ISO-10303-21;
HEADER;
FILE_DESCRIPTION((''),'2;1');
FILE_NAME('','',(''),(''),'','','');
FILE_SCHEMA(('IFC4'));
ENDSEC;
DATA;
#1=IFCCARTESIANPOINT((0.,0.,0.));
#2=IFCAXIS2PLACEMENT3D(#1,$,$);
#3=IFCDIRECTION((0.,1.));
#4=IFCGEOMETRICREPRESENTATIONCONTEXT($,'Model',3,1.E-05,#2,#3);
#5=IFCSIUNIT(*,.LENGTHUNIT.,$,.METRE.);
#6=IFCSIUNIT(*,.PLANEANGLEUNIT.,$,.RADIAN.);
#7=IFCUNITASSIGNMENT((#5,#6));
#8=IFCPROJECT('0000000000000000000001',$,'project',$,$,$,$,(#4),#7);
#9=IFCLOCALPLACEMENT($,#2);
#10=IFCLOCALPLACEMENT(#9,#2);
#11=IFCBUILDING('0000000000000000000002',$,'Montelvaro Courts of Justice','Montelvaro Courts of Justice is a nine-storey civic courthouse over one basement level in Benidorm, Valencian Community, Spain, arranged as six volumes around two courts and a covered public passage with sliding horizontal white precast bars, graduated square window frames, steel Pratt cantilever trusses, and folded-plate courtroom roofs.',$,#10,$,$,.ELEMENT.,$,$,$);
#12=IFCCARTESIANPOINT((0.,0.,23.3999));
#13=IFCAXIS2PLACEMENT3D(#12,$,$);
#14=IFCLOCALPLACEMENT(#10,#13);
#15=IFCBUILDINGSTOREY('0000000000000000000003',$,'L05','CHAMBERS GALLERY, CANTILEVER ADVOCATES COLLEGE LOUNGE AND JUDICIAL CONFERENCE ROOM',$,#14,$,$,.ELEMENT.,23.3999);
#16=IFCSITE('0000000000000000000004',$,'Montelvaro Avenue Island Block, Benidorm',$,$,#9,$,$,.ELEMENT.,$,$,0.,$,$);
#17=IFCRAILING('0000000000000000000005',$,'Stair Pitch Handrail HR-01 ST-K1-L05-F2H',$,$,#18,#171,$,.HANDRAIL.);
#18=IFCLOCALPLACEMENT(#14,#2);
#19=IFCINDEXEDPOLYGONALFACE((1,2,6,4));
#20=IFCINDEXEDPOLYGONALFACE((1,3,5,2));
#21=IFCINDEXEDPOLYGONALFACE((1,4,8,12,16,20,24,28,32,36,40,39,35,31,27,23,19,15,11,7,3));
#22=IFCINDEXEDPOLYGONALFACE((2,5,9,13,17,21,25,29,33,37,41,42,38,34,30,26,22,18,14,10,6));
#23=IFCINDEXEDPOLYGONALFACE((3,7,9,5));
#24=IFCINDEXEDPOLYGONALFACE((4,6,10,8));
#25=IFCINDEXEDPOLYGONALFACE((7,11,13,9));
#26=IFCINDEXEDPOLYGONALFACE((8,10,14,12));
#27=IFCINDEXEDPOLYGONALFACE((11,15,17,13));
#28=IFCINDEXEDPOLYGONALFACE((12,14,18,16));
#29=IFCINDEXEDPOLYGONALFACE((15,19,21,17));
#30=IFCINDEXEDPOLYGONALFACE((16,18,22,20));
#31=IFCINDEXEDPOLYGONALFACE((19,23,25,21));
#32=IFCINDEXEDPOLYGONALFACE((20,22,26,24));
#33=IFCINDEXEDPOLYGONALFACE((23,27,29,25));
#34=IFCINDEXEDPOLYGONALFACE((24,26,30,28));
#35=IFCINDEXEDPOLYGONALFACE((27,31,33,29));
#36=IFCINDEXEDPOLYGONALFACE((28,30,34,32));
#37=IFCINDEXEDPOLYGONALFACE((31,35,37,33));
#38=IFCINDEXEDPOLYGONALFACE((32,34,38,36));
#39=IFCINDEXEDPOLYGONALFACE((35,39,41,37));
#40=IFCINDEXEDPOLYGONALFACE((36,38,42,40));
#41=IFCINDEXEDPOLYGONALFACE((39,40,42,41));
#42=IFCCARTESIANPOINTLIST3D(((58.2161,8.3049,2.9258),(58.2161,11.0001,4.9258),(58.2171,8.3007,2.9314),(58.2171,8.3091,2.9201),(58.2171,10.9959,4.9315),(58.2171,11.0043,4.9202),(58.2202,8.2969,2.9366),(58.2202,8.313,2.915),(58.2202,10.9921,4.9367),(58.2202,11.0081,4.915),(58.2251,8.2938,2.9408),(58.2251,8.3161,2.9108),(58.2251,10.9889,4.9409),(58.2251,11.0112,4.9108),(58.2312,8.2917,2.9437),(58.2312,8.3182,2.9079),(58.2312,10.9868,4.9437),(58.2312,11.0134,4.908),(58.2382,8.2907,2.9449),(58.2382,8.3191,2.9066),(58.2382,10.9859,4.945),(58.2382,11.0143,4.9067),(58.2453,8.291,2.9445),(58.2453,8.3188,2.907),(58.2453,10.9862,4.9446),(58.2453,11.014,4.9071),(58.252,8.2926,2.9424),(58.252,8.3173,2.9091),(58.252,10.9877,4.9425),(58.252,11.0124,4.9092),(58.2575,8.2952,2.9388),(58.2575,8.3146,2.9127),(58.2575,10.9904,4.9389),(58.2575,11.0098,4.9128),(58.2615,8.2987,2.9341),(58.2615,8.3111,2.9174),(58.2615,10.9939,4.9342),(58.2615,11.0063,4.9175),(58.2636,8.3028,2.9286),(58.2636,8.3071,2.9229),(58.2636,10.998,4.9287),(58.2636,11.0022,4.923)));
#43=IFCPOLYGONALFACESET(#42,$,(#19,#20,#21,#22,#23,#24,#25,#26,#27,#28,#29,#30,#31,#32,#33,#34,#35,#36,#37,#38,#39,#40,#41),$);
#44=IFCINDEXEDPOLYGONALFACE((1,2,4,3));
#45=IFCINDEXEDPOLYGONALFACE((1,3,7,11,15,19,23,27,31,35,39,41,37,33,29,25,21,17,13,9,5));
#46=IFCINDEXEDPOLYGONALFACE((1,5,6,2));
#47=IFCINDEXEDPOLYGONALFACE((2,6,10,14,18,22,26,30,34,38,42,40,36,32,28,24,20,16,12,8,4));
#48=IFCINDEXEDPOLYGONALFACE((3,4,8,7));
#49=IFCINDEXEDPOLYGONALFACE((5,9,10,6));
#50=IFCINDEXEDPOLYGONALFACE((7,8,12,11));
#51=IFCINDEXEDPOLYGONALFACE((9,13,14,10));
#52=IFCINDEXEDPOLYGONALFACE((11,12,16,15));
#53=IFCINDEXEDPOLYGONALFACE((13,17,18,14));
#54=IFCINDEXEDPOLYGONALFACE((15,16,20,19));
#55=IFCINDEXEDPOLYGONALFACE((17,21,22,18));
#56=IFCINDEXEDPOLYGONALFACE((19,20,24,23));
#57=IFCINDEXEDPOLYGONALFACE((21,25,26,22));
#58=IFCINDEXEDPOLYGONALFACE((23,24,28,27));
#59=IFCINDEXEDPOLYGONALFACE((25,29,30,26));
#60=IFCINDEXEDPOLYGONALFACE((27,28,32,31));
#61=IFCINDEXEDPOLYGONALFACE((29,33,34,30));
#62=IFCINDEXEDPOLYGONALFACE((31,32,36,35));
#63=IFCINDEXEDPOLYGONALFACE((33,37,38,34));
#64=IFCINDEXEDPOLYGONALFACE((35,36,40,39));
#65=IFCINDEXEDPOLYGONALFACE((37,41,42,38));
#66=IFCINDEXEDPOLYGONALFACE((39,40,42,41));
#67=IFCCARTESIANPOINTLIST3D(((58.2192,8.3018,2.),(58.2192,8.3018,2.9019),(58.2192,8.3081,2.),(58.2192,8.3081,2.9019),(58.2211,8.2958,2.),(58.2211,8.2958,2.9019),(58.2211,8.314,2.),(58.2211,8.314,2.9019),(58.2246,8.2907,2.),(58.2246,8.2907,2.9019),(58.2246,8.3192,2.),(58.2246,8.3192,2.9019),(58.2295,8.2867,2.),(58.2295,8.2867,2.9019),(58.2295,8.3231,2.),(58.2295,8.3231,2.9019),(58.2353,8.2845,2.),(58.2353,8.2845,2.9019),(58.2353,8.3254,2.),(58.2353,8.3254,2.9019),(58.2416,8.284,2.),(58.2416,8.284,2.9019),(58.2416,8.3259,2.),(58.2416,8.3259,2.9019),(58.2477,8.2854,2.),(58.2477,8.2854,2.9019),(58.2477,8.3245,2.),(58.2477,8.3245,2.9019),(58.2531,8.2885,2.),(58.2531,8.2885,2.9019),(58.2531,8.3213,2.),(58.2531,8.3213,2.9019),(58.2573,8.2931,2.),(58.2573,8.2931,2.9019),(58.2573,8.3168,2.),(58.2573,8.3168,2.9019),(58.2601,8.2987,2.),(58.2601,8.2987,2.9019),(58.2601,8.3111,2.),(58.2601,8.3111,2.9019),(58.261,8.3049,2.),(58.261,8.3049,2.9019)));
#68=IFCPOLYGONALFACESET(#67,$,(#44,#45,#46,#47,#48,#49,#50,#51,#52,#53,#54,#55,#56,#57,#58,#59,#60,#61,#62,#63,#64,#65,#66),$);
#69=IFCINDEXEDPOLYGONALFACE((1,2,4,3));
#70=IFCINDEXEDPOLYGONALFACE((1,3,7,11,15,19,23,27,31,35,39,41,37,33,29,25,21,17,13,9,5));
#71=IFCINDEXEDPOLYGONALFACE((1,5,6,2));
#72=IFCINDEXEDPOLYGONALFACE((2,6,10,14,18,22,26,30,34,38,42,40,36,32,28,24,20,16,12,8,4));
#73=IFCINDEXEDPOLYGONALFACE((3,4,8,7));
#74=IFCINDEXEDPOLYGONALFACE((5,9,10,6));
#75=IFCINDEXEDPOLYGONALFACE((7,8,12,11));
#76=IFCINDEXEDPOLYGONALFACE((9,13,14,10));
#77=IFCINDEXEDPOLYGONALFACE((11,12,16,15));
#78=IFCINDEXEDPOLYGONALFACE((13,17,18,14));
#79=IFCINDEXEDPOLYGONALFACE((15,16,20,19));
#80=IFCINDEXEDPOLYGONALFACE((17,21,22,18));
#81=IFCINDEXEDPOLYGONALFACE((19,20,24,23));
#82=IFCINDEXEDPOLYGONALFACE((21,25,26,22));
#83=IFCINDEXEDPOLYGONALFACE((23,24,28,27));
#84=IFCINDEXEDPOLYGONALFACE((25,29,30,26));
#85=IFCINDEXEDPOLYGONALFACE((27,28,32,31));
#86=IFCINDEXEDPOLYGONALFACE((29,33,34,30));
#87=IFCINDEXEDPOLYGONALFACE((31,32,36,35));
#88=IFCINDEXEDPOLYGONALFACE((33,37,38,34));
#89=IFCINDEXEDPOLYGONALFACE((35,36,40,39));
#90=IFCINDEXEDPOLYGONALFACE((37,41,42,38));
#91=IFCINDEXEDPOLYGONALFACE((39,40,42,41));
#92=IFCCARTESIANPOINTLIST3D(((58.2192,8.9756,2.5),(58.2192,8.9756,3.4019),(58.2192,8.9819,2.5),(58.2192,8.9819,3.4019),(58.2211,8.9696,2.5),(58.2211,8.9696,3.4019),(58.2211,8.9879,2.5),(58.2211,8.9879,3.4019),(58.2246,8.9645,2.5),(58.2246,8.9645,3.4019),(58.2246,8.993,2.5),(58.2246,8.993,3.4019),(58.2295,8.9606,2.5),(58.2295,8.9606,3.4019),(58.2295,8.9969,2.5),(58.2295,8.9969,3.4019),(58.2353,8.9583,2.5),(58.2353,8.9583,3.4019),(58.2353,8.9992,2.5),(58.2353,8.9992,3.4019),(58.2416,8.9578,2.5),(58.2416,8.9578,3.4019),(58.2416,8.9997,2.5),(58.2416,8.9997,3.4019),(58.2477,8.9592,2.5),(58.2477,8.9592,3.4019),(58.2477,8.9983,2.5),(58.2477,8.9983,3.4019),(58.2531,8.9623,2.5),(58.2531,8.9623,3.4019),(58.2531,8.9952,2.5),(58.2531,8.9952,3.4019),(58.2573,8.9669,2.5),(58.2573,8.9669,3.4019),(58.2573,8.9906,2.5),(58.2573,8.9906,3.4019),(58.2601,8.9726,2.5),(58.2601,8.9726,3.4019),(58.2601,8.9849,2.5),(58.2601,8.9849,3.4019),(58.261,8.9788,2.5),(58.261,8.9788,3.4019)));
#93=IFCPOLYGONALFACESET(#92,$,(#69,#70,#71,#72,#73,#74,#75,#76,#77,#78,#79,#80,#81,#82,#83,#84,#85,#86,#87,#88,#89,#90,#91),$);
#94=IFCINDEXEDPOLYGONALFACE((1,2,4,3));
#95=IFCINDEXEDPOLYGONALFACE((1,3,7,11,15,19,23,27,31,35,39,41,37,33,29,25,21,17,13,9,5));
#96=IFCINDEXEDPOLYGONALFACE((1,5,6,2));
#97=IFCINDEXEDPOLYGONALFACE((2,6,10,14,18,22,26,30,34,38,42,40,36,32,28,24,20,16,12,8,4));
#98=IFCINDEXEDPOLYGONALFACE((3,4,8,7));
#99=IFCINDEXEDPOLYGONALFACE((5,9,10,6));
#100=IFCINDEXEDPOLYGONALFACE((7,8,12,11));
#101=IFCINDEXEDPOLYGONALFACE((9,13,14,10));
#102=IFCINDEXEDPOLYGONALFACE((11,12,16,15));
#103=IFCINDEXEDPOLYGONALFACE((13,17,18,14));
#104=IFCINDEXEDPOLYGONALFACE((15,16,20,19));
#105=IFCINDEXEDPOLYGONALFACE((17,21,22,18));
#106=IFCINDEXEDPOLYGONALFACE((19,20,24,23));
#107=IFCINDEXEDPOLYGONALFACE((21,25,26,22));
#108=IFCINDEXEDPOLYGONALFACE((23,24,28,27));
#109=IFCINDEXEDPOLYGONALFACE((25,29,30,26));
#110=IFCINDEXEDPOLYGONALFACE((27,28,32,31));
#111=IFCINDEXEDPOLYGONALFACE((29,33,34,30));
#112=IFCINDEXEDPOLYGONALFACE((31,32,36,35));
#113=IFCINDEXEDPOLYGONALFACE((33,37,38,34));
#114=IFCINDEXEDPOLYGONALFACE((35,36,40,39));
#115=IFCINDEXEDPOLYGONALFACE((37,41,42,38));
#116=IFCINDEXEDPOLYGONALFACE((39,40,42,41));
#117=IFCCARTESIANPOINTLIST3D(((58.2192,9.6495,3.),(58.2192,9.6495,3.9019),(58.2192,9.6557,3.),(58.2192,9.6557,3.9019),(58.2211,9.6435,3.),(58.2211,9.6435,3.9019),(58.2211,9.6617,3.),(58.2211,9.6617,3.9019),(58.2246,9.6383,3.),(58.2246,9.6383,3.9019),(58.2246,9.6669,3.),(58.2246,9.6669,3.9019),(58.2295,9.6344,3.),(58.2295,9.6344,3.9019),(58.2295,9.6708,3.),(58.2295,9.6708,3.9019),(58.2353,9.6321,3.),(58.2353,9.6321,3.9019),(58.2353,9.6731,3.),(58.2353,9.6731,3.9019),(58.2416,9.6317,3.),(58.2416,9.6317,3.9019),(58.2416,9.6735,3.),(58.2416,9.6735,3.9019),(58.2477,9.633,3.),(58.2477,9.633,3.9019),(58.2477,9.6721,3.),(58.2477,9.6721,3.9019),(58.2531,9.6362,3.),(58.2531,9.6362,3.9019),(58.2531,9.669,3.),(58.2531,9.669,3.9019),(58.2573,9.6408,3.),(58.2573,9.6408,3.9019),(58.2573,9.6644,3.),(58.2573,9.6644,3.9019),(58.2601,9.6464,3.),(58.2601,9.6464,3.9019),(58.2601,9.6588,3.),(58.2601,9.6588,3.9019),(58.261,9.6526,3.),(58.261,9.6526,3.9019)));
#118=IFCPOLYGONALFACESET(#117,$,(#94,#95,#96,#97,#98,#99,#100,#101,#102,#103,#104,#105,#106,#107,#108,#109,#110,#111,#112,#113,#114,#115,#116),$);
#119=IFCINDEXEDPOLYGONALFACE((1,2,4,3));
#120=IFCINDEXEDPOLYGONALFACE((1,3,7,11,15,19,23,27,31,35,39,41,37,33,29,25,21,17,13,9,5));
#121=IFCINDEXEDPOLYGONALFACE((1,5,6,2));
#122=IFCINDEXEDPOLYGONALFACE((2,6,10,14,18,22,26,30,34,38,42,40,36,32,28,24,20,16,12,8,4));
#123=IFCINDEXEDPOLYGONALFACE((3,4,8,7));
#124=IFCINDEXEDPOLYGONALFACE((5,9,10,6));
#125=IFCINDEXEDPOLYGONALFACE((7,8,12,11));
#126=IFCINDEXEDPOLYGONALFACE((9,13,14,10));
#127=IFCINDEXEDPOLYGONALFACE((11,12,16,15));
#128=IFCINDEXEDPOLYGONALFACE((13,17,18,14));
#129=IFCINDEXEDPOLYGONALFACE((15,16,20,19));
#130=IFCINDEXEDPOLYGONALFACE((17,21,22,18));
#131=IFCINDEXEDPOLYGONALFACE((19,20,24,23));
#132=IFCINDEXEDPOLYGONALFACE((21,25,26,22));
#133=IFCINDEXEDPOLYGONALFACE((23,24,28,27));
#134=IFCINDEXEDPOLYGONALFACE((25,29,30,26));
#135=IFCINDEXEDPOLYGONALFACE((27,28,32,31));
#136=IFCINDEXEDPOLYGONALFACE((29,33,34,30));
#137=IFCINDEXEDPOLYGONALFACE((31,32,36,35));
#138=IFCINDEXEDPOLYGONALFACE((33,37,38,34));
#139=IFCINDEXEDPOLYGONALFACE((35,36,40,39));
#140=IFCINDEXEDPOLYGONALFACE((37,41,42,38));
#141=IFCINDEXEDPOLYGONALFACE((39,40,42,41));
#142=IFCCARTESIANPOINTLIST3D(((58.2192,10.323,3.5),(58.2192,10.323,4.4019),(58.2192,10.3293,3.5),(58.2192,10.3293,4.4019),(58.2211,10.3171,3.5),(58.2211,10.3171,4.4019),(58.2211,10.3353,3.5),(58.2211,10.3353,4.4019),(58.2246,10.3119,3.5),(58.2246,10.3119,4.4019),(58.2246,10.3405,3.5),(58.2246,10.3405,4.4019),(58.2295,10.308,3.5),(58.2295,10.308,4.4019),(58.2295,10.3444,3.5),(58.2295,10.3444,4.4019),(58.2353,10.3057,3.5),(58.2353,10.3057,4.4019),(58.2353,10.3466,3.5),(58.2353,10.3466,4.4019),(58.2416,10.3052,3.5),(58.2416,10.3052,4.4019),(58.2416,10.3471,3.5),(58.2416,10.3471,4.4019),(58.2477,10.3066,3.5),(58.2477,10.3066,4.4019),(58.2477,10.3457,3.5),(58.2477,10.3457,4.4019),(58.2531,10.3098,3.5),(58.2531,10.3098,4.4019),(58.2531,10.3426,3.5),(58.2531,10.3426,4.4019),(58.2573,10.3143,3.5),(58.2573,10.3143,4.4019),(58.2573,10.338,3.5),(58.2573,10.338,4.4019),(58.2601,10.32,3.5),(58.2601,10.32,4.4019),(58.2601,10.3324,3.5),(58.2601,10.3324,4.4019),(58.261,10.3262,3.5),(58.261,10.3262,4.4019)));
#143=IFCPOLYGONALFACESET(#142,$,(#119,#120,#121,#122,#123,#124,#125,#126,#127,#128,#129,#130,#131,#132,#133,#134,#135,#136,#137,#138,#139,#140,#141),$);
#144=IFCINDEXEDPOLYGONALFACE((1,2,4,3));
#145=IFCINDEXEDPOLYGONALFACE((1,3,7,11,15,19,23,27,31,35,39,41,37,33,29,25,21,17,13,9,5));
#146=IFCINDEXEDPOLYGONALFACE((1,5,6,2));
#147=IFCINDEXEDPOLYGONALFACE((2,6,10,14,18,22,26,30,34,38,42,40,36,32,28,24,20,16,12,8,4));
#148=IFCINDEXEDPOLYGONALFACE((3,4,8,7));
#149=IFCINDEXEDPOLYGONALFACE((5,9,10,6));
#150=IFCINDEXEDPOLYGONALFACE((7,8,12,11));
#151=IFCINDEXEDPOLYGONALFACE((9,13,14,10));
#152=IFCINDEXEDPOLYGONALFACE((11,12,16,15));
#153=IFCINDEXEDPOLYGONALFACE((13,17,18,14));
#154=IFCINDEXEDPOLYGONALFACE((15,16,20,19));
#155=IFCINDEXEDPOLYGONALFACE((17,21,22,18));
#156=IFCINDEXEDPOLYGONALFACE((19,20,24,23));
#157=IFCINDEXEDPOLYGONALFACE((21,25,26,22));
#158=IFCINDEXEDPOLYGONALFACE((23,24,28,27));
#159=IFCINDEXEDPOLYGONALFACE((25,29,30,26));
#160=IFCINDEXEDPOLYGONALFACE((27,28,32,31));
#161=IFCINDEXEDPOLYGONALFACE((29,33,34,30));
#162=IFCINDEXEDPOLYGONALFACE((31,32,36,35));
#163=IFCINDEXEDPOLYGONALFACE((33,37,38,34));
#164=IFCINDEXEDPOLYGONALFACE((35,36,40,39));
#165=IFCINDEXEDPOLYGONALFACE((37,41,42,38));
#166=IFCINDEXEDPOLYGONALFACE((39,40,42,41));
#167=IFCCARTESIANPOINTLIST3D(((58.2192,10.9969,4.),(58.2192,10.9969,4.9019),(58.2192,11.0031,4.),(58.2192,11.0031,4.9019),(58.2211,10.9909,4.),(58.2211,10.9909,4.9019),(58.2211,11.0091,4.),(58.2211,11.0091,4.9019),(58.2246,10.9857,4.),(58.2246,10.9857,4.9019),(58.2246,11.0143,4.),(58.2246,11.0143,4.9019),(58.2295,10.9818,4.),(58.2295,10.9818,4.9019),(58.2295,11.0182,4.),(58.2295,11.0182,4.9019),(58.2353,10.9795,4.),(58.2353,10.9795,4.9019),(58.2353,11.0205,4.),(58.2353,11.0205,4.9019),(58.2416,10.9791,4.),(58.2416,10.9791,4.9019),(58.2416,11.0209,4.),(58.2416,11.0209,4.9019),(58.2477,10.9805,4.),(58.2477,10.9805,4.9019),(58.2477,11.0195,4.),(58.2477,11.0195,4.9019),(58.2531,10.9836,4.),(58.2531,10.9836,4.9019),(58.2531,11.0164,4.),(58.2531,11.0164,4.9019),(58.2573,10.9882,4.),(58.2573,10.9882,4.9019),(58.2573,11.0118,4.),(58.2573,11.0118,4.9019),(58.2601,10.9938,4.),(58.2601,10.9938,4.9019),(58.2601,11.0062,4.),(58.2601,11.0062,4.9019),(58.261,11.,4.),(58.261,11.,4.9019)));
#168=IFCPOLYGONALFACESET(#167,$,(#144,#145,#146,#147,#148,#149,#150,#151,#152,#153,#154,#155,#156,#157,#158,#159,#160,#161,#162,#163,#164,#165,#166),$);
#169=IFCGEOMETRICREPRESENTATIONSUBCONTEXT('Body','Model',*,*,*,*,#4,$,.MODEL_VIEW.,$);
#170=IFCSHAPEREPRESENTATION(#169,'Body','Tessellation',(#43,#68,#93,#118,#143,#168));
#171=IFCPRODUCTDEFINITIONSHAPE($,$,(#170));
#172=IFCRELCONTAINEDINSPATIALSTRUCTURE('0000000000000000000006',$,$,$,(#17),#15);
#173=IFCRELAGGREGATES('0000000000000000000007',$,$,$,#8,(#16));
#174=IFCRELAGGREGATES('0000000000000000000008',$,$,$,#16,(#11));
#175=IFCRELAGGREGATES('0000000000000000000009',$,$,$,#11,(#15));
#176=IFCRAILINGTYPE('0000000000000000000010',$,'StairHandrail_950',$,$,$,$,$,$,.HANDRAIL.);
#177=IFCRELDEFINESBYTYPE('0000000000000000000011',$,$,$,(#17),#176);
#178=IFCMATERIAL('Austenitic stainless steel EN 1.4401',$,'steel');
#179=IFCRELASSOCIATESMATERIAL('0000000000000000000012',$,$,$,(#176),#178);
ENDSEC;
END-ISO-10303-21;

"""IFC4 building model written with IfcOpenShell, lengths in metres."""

from ifc_helpers import new_model, si_unit, direction, frame, origin, origin_2d, place, context, subcontext, project, spatial, circle, extrude, material, type_object, element, save


model = new_model("IFC4")

# Units and contexts
model_context = context("Model", 3, precision=1e-05, world=origin(), true_north=direction((0.0, 1.0)))
body_context = subcontext(model_context, "Body", "Model", "MODEL_VIEW")
ifc_project = project(units=[si_unit("LENGTHUNIT", "METRE"), si_unit("PLANEANGLEUNIT", "RADIAN")], contexts=[model_context])

# Site, building, storey
site_placement = place(None, origin())
site = spatial("IfcSite", under=ifc_project, at=site_placement, Name="Montelvaro Avenue Island Block, Benidorm", CompositionType="ELEMENT", RefElevation=0.0)
building_placement = place(site_placement, origin())
building = spatial("IfcBuilding", under=site, at=building_placement, Name="Montelvaro Courts of Justice", Description="Montelvaro Courts of Justice is a nine-storey civic courthouse over one basement level in Benidorm, Valencian Community, Spain, arranged as six volumes around two courts and a covered public passage with sliding horizontal white precast bars, graduated square window frames, steel Pratt cantilever trusses, and folded-plate courtroom roofs.", CompositionType="ELEMENT")
storey_placement = place(building_placement, frame((0.0, 0.0, 23.3999)))
storey = spatial("IfcBuildingStorey", under=building, at=storey_placement, Name="L05", Description="CHAMBERS GALLERY, CANTILEVER ADVOCATES COLLEGE LOUNGE AND JUDICIAL CONFERENCE ROOM", CompositionType="ELEMENT", Elevation=23.3999)

# Railing
ifc_material_1 = material(Name="Austenitic stainless steel EN 1.4401", Category="steel")
railing_type_1 = type_object("IfcRailingType", Name="StairHandrail_950", PredefinedType="HANDRAIL", material=ifc_material_1)
railing_1_placement = place(storey_placement, frame((58.24, 8.3049, 2.0)))
element("IfcRailing", 1, at=railing_1_placement, inside=storey, type_object=railing_type_1, Name="Stair Pitch Handrail HR-01 ST-K1-L05-F2H", PredefinedType="HANDRAIL", context=body_context, shape_type="SweptSolid", body=[
    extrude(circle(Radius=0.0239, at=origin_2d()), frame((0.0, 0.0, 0.9258), z_axis=(0.0, 0.803036, 0.59593), x_axis=(-1.0, 0.0, 0.0)), (0.0, 0.0, 1.0), 3.3562),
    extrude(circle(Radius=0.021, at=origin_2d()), origin(), (0.0, 0.0, 1.0), 0.9019),
    extrude(circle(Radius=0.021, at=origin_2d()), frame((0.0, 0.6738, 0.5)), (0.0, 0.0, 1.0), 0.9019),
    extrude(circle(Radius=0.021, at=origin_2d()), frame((0.0, 1.3477, 1.0)), (0.0, 0.0, 1.0), 0.9019),
    extrude(circle(Radius=0.021, at=origin_2d()), frame((0.0, 2.0212, 1.5)), (0.0, 0.0, 1.0), 0.9019),
    extrude(circle(Radius=0.021, at=origin_2d()), frame((0.0, 2.6951, 2.0)), (0.0, 0.0, 1.0), 0.9019),
])

save(model, "model.ifc")
